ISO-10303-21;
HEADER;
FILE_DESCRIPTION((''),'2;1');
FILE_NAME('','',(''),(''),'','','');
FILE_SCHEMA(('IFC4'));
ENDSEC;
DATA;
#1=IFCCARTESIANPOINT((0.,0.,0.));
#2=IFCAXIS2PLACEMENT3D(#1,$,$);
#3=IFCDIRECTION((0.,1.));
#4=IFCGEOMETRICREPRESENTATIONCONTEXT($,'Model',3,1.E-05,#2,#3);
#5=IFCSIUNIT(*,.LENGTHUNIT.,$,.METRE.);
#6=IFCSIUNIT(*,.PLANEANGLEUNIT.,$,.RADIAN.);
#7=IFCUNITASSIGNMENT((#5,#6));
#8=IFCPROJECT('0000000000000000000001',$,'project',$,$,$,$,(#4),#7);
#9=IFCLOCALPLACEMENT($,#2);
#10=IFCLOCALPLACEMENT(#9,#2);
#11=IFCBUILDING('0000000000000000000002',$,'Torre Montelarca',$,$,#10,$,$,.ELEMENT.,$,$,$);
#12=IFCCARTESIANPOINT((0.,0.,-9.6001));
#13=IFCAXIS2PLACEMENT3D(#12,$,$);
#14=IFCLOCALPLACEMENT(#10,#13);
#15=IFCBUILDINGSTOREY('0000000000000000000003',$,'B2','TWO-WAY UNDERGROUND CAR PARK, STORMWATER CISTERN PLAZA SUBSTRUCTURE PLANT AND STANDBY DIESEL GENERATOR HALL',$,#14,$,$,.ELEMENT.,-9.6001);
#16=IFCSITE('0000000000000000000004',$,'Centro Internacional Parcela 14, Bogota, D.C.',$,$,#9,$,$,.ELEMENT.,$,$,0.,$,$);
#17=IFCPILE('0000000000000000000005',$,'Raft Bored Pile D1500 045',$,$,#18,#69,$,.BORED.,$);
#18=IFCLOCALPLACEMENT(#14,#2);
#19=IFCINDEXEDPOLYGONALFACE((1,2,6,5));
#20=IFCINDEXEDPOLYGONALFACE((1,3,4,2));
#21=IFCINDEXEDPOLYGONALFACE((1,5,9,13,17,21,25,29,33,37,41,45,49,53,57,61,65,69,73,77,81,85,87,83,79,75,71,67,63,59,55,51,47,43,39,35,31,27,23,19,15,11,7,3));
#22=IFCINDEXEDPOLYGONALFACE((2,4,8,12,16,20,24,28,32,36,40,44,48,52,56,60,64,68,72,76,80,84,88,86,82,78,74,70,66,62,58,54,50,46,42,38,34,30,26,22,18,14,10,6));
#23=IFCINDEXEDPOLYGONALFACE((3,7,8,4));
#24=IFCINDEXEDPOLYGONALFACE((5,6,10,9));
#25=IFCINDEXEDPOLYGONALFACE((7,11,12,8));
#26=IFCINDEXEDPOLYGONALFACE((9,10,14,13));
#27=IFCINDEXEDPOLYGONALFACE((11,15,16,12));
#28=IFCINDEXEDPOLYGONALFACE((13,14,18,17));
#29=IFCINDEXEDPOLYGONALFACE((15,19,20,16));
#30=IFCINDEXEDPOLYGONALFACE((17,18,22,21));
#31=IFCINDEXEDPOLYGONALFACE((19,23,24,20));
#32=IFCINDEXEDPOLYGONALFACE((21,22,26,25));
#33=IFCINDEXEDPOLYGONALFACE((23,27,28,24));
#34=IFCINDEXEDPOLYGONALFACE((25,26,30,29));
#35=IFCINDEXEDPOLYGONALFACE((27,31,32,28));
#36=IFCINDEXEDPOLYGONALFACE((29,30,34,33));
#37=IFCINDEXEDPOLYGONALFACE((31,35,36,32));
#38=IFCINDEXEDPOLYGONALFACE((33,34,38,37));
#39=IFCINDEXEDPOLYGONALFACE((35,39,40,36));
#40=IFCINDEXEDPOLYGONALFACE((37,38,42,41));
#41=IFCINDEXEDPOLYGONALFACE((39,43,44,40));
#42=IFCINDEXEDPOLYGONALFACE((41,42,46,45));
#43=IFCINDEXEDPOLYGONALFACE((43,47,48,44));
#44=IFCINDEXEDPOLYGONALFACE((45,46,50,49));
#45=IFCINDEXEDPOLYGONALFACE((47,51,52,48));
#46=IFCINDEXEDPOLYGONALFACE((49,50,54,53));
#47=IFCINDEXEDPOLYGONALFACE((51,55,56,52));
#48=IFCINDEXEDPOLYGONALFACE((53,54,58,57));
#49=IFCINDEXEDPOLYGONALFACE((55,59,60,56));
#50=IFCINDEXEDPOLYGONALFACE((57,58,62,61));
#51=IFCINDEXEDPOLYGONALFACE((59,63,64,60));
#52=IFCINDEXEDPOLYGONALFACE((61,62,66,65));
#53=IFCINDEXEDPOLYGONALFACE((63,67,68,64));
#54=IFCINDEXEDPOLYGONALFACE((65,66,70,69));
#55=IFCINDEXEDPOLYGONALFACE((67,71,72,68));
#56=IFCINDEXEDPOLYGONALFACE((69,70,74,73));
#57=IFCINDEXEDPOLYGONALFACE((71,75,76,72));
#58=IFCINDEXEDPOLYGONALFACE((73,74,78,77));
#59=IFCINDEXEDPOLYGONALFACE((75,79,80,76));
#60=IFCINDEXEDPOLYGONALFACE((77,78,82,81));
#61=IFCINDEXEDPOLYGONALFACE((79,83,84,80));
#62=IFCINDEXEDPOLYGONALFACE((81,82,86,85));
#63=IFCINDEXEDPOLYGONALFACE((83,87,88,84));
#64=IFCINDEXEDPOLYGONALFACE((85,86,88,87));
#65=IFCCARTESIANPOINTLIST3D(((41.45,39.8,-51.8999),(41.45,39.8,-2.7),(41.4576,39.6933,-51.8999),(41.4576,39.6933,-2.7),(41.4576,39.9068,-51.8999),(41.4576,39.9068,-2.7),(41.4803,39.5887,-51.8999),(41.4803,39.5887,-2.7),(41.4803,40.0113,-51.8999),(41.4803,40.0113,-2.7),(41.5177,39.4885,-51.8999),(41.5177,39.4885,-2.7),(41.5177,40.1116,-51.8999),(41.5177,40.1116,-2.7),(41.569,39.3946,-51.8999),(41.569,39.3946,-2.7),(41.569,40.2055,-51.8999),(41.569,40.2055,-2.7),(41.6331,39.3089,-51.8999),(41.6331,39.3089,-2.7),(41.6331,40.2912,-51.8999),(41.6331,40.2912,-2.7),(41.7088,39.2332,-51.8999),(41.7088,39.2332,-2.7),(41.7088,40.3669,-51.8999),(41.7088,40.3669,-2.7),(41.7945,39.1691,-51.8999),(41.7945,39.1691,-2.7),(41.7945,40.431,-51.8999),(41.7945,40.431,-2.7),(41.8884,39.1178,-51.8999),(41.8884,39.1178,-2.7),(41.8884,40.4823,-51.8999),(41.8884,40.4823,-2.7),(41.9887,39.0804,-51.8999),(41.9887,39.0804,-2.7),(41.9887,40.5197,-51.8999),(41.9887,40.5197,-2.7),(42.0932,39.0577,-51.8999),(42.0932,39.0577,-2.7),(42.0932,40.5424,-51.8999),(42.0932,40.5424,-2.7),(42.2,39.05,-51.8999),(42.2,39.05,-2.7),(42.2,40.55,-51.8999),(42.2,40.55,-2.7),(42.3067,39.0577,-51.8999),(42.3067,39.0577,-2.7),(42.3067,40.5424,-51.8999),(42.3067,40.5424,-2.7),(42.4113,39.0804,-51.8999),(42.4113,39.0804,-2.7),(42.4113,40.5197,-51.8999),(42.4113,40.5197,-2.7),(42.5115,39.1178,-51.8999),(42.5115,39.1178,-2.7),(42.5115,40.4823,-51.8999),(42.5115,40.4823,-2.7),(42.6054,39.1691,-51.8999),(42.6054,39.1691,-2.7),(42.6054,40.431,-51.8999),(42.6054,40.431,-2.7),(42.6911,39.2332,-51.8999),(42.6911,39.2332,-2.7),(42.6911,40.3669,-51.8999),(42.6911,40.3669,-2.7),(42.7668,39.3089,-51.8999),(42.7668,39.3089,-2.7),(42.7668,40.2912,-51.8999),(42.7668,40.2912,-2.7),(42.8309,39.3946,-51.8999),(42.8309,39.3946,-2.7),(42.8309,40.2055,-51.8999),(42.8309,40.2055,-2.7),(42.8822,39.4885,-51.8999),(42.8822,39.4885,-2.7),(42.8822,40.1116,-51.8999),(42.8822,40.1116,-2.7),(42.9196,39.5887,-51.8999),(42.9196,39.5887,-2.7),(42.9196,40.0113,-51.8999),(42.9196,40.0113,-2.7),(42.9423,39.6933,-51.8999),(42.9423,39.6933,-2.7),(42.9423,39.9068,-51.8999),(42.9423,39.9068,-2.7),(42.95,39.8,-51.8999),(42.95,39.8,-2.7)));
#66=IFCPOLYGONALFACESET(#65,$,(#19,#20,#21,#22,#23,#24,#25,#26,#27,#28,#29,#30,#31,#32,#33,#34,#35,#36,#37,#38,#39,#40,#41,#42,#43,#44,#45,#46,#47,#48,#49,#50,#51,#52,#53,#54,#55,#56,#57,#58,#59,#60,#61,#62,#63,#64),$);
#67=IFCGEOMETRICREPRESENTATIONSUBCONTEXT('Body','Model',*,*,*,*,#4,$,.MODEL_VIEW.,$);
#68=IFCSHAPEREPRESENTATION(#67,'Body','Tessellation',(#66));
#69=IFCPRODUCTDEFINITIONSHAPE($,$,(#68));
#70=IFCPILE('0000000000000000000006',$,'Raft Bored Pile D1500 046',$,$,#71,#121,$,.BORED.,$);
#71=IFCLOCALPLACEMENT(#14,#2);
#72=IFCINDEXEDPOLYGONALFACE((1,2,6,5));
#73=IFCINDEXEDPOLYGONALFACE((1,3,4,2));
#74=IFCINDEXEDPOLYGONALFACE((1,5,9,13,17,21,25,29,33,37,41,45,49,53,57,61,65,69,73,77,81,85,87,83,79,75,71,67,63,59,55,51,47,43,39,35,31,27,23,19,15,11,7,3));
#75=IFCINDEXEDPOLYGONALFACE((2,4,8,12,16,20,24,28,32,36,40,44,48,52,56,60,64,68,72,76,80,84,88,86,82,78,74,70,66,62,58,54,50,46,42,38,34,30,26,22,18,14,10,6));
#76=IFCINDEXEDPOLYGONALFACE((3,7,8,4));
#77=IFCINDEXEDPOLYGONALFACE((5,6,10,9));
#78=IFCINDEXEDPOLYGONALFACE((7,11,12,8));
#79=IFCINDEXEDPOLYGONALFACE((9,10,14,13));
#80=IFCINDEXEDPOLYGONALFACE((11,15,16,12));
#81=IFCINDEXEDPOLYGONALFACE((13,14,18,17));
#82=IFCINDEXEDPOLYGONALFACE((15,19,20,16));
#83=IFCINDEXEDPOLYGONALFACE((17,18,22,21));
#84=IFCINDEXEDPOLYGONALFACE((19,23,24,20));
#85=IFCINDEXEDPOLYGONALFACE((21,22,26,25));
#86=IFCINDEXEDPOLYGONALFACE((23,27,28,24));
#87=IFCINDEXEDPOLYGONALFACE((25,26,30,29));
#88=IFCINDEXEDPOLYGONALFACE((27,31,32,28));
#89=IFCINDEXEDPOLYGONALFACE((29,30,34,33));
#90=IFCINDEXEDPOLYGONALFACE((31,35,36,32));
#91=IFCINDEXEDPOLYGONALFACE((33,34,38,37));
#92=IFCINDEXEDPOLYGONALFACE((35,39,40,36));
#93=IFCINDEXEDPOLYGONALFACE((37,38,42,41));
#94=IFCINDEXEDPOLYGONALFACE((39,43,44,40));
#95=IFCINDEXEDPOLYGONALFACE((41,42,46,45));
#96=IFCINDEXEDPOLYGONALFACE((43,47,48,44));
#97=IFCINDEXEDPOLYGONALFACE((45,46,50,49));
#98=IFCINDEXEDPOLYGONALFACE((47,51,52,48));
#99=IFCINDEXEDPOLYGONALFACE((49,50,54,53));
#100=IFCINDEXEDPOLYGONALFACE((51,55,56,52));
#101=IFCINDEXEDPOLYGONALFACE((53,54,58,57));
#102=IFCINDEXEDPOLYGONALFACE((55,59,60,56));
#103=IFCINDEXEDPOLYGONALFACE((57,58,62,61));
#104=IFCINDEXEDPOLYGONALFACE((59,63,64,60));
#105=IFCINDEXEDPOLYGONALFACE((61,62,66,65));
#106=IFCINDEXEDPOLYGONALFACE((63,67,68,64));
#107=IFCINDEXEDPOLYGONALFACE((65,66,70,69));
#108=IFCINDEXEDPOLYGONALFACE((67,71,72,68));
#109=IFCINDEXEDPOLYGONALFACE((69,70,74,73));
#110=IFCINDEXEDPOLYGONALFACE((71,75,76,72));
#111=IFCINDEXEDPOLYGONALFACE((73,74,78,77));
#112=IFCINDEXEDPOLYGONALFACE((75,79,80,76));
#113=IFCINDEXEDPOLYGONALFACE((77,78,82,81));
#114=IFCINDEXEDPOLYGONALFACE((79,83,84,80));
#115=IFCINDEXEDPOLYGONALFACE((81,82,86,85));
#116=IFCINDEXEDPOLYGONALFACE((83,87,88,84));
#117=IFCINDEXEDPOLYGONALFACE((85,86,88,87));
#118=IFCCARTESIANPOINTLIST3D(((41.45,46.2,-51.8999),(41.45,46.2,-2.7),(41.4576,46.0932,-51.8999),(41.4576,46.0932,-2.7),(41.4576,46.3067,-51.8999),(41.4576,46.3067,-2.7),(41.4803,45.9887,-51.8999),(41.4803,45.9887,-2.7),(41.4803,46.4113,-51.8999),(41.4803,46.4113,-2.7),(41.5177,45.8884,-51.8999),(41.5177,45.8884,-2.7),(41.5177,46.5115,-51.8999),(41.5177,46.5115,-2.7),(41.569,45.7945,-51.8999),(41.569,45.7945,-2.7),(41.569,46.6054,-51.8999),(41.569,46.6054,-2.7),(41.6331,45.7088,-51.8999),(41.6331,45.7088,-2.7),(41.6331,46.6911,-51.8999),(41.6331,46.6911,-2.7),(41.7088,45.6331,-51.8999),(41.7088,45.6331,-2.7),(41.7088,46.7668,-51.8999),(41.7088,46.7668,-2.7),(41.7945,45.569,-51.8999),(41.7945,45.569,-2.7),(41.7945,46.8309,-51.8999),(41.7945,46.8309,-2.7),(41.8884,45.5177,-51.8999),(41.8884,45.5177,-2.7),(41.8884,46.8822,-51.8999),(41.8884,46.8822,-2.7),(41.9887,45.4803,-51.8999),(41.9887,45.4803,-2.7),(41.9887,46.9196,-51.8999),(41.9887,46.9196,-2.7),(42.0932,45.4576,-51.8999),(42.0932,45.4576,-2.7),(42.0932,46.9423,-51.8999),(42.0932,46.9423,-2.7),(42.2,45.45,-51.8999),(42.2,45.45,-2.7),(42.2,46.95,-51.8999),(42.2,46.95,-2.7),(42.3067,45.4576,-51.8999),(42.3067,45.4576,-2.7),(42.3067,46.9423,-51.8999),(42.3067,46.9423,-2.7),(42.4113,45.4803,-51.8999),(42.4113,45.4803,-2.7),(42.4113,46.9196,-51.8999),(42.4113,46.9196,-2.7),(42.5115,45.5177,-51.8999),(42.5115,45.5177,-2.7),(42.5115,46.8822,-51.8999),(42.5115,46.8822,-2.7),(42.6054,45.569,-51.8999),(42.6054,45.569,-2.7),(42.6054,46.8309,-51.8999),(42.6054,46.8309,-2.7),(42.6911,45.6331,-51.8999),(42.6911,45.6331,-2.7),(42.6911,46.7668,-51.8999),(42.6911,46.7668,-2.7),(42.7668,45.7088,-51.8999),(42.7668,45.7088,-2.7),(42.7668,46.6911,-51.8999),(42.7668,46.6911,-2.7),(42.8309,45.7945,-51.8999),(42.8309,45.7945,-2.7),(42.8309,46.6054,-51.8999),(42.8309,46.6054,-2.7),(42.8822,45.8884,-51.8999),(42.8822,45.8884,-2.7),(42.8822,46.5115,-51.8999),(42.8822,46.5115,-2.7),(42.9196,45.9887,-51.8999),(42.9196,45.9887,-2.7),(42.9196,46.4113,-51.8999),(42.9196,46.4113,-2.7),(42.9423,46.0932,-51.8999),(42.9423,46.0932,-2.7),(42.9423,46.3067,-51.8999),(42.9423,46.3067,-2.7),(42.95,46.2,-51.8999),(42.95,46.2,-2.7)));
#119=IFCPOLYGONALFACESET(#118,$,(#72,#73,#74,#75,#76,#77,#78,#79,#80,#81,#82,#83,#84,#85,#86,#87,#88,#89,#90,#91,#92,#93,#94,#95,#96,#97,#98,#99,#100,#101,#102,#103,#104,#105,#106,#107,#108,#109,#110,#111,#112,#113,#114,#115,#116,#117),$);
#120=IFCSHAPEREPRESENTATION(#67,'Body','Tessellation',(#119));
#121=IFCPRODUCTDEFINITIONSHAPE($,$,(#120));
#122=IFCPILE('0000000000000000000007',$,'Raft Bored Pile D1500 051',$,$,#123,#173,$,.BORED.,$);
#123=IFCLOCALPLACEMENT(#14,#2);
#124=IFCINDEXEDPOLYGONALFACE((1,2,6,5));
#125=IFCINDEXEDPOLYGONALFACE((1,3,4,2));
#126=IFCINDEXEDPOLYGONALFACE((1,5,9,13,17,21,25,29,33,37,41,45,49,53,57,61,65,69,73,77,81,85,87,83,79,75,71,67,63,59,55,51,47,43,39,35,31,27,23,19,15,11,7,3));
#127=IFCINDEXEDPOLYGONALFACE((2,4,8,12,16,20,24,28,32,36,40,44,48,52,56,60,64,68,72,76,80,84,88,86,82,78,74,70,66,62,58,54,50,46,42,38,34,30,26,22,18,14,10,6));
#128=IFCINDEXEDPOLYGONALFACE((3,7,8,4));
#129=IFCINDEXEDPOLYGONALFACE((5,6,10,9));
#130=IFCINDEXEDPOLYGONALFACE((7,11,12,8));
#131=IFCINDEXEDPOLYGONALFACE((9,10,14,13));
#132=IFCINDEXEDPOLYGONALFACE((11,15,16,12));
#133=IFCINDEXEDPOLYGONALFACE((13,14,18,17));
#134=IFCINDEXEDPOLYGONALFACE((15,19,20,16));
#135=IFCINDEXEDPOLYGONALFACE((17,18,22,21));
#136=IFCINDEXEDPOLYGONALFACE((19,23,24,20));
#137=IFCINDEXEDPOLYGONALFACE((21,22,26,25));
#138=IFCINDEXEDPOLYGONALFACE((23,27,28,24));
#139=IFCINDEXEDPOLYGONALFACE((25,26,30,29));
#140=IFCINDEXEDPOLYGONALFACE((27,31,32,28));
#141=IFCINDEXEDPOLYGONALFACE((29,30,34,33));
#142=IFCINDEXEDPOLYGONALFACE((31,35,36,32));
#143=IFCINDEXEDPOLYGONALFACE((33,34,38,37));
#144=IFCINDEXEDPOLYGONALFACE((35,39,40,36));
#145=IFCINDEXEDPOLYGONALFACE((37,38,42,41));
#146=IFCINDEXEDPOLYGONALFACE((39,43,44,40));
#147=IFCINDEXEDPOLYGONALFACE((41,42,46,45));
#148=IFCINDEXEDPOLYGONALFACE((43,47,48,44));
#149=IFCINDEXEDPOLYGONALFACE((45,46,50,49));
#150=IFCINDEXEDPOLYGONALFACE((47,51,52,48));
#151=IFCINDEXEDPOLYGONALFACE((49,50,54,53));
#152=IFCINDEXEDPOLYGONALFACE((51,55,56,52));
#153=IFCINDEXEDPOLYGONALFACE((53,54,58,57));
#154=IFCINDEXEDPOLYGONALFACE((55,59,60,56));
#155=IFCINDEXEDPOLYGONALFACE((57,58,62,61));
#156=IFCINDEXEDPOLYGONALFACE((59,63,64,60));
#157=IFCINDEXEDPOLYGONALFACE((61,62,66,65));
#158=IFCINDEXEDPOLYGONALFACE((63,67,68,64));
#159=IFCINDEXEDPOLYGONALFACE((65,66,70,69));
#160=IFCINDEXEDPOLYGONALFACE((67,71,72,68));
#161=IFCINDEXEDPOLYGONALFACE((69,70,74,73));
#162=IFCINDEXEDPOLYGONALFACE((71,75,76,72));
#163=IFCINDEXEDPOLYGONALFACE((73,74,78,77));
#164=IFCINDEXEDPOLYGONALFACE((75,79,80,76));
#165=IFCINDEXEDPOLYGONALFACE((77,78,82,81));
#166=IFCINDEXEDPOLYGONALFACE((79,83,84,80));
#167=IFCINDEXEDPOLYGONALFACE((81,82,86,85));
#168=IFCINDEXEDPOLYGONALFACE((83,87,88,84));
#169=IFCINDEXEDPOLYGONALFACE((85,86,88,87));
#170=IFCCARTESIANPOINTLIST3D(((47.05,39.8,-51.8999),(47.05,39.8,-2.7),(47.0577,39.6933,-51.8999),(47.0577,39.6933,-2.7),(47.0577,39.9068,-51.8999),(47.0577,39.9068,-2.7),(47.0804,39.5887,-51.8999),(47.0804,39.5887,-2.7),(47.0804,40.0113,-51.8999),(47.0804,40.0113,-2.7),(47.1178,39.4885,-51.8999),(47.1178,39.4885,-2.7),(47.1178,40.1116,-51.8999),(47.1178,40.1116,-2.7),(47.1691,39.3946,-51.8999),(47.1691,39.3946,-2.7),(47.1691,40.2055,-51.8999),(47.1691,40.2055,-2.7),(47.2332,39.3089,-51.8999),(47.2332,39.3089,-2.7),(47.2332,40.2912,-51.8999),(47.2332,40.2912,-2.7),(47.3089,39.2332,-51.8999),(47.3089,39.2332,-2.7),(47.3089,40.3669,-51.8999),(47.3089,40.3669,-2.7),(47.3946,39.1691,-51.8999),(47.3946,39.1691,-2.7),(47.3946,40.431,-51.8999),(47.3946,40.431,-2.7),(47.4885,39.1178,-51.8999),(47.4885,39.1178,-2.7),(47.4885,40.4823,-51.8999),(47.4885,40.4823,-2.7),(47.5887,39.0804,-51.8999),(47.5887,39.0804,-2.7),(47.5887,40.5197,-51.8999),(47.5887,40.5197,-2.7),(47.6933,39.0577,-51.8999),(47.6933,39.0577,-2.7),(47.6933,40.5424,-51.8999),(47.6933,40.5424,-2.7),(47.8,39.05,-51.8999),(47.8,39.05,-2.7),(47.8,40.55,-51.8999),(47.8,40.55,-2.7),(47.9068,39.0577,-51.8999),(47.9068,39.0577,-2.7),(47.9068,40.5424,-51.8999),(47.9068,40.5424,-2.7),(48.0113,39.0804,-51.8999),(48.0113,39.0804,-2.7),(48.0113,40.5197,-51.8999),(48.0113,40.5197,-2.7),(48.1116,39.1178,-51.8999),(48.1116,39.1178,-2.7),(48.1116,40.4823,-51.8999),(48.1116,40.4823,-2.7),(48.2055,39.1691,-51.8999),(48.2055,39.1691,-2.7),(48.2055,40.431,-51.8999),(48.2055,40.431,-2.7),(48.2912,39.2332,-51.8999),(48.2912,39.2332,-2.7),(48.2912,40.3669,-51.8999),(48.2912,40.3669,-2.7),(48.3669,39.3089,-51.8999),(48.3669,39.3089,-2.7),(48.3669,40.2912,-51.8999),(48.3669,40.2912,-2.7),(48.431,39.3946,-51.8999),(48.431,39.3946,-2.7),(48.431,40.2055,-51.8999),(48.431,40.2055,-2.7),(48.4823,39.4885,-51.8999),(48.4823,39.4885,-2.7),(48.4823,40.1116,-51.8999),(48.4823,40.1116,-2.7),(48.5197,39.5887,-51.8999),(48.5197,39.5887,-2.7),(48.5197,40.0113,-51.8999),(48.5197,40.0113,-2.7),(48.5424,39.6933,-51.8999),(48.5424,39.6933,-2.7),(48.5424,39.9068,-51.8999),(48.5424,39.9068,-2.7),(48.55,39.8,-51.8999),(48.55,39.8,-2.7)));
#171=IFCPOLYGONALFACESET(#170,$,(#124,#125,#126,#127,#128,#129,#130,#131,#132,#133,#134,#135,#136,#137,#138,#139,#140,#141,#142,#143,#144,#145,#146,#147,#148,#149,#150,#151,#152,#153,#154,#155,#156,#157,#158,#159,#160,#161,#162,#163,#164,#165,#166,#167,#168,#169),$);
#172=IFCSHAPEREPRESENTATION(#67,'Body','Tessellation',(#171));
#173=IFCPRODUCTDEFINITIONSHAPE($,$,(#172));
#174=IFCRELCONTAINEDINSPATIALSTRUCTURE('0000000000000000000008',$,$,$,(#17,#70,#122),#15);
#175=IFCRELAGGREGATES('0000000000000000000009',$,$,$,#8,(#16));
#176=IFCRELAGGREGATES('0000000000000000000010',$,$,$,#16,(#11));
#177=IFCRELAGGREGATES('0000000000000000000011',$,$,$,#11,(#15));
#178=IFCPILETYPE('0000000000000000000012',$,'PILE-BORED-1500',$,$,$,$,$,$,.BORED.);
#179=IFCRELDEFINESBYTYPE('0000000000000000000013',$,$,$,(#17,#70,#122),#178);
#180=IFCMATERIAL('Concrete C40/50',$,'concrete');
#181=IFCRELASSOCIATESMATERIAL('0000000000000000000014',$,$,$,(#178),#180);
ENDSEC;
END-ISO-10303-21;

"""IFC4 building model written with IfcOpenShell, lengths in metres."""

from ifc_helpers import new_model, si_unit, direction, frame, origin, origin_2d, place, context, subcontext, project, spatial, circle, extrude, source, transform, mapped, material, material_profile, profile_set, type_object, element, save


model = new_model("IFC4")

# Units and contexts
model_context = context("Model", 3, precision=1e-05, world=origin(), true_north=direction((0.0, 1.0)))
body_context = subcontext(model_context, "Body", "Model", "MODEL_VIEW")
ifc_project = project(units=[si_unit("LENGTHUNIT", "METRE"), si_unit("PLANEANGLEUNIT", "RADIAN")], contexts=[model_context])

# Site, building, storey
site_placement = place(None, origin())
site = spatial("IfcSite", under=ifc_project, at=site_placement, Name="Centro Internacional Parcela 14, Bogota, D.C.", CompositionType="ELEMENT", RefElevation=0.0)
building_placement = place(site_placement, origin())
building = spatial("IfcBuilding", under=site, at=building_placement, Name="Torre Montelarca", CompositionType="ELEMENT")
storey_placement = place(building_placement, frame((0.0, 0.0, -9.6001)))
storey = spatial("IfcBuildingStorey", under=building, at=storey_placement, Name="B2", Description="TWO-WAY UNDERGROUND CAR PARK, STORMWATER CISTERN PLAZA SUBSTRUCTURE PLANT AND STANDBY DIESEL GENERATOR HALL", CompositionType="ELEMENT", Elevation=-9.6001)

# Piles
ifc_material_1 = material(Name="Concrete C40/50", Category="concrete")
ifc_material_profile_1 = material_profile(ifc_material_1, circle(Radius=0.75, at=origin_2d()), Name="PILE-D1500", Category="concrete")
ifc_profile_set_1 = profile_set([ifc_material_profile_1], Name="Concrete C40/50")
pile_type = type_object("IfcPileType", Name="PILE-BORED-1500", PredefinedType="BORED", material=ifc_profile_set_1)
shared_shape_1 = source(origin(), body_context, "Body", "SweptSolid", [
    extrude(circle(Radius=0.75, at=origin_2d()), origin(), (0.0, 0.0, 1.0), 49.2),
])
for number, where, z_axis, x_axis, name in (
    (1, (42.2, 39.8, -2.7), (0.0, 0.0, -1.0), (1.0, 0.0, 0.0), "Raft Bored Pile D1500 045"),
    (2, (42.2, 46.2, -2.7), (0.0, 0.0, -1.0), (1.0, 0.0, 0.0), "Raft Bored Pile D1500 046"),
    (3, (47.8, 39.8, -2.7), (0.0, 0.0, -1.0), (1.0, 0.0, 0.0), "Raft Bored Pile D1500 051"),
):
    element("IfcPile", number, at=place(storey_placement, frame(where, z_axis=z_axis, x_axis=x_axis)), inside=storey, type_object=pile_type, Name=name, PredefinedType="BORED", context=body_context, shape_type="MappedRepresentation", body=[
        mapped(shared_shape_1, transform((0.0, 0.0, 0.0), scale=1.0)),
    ])

save(model, "model.ifc")
